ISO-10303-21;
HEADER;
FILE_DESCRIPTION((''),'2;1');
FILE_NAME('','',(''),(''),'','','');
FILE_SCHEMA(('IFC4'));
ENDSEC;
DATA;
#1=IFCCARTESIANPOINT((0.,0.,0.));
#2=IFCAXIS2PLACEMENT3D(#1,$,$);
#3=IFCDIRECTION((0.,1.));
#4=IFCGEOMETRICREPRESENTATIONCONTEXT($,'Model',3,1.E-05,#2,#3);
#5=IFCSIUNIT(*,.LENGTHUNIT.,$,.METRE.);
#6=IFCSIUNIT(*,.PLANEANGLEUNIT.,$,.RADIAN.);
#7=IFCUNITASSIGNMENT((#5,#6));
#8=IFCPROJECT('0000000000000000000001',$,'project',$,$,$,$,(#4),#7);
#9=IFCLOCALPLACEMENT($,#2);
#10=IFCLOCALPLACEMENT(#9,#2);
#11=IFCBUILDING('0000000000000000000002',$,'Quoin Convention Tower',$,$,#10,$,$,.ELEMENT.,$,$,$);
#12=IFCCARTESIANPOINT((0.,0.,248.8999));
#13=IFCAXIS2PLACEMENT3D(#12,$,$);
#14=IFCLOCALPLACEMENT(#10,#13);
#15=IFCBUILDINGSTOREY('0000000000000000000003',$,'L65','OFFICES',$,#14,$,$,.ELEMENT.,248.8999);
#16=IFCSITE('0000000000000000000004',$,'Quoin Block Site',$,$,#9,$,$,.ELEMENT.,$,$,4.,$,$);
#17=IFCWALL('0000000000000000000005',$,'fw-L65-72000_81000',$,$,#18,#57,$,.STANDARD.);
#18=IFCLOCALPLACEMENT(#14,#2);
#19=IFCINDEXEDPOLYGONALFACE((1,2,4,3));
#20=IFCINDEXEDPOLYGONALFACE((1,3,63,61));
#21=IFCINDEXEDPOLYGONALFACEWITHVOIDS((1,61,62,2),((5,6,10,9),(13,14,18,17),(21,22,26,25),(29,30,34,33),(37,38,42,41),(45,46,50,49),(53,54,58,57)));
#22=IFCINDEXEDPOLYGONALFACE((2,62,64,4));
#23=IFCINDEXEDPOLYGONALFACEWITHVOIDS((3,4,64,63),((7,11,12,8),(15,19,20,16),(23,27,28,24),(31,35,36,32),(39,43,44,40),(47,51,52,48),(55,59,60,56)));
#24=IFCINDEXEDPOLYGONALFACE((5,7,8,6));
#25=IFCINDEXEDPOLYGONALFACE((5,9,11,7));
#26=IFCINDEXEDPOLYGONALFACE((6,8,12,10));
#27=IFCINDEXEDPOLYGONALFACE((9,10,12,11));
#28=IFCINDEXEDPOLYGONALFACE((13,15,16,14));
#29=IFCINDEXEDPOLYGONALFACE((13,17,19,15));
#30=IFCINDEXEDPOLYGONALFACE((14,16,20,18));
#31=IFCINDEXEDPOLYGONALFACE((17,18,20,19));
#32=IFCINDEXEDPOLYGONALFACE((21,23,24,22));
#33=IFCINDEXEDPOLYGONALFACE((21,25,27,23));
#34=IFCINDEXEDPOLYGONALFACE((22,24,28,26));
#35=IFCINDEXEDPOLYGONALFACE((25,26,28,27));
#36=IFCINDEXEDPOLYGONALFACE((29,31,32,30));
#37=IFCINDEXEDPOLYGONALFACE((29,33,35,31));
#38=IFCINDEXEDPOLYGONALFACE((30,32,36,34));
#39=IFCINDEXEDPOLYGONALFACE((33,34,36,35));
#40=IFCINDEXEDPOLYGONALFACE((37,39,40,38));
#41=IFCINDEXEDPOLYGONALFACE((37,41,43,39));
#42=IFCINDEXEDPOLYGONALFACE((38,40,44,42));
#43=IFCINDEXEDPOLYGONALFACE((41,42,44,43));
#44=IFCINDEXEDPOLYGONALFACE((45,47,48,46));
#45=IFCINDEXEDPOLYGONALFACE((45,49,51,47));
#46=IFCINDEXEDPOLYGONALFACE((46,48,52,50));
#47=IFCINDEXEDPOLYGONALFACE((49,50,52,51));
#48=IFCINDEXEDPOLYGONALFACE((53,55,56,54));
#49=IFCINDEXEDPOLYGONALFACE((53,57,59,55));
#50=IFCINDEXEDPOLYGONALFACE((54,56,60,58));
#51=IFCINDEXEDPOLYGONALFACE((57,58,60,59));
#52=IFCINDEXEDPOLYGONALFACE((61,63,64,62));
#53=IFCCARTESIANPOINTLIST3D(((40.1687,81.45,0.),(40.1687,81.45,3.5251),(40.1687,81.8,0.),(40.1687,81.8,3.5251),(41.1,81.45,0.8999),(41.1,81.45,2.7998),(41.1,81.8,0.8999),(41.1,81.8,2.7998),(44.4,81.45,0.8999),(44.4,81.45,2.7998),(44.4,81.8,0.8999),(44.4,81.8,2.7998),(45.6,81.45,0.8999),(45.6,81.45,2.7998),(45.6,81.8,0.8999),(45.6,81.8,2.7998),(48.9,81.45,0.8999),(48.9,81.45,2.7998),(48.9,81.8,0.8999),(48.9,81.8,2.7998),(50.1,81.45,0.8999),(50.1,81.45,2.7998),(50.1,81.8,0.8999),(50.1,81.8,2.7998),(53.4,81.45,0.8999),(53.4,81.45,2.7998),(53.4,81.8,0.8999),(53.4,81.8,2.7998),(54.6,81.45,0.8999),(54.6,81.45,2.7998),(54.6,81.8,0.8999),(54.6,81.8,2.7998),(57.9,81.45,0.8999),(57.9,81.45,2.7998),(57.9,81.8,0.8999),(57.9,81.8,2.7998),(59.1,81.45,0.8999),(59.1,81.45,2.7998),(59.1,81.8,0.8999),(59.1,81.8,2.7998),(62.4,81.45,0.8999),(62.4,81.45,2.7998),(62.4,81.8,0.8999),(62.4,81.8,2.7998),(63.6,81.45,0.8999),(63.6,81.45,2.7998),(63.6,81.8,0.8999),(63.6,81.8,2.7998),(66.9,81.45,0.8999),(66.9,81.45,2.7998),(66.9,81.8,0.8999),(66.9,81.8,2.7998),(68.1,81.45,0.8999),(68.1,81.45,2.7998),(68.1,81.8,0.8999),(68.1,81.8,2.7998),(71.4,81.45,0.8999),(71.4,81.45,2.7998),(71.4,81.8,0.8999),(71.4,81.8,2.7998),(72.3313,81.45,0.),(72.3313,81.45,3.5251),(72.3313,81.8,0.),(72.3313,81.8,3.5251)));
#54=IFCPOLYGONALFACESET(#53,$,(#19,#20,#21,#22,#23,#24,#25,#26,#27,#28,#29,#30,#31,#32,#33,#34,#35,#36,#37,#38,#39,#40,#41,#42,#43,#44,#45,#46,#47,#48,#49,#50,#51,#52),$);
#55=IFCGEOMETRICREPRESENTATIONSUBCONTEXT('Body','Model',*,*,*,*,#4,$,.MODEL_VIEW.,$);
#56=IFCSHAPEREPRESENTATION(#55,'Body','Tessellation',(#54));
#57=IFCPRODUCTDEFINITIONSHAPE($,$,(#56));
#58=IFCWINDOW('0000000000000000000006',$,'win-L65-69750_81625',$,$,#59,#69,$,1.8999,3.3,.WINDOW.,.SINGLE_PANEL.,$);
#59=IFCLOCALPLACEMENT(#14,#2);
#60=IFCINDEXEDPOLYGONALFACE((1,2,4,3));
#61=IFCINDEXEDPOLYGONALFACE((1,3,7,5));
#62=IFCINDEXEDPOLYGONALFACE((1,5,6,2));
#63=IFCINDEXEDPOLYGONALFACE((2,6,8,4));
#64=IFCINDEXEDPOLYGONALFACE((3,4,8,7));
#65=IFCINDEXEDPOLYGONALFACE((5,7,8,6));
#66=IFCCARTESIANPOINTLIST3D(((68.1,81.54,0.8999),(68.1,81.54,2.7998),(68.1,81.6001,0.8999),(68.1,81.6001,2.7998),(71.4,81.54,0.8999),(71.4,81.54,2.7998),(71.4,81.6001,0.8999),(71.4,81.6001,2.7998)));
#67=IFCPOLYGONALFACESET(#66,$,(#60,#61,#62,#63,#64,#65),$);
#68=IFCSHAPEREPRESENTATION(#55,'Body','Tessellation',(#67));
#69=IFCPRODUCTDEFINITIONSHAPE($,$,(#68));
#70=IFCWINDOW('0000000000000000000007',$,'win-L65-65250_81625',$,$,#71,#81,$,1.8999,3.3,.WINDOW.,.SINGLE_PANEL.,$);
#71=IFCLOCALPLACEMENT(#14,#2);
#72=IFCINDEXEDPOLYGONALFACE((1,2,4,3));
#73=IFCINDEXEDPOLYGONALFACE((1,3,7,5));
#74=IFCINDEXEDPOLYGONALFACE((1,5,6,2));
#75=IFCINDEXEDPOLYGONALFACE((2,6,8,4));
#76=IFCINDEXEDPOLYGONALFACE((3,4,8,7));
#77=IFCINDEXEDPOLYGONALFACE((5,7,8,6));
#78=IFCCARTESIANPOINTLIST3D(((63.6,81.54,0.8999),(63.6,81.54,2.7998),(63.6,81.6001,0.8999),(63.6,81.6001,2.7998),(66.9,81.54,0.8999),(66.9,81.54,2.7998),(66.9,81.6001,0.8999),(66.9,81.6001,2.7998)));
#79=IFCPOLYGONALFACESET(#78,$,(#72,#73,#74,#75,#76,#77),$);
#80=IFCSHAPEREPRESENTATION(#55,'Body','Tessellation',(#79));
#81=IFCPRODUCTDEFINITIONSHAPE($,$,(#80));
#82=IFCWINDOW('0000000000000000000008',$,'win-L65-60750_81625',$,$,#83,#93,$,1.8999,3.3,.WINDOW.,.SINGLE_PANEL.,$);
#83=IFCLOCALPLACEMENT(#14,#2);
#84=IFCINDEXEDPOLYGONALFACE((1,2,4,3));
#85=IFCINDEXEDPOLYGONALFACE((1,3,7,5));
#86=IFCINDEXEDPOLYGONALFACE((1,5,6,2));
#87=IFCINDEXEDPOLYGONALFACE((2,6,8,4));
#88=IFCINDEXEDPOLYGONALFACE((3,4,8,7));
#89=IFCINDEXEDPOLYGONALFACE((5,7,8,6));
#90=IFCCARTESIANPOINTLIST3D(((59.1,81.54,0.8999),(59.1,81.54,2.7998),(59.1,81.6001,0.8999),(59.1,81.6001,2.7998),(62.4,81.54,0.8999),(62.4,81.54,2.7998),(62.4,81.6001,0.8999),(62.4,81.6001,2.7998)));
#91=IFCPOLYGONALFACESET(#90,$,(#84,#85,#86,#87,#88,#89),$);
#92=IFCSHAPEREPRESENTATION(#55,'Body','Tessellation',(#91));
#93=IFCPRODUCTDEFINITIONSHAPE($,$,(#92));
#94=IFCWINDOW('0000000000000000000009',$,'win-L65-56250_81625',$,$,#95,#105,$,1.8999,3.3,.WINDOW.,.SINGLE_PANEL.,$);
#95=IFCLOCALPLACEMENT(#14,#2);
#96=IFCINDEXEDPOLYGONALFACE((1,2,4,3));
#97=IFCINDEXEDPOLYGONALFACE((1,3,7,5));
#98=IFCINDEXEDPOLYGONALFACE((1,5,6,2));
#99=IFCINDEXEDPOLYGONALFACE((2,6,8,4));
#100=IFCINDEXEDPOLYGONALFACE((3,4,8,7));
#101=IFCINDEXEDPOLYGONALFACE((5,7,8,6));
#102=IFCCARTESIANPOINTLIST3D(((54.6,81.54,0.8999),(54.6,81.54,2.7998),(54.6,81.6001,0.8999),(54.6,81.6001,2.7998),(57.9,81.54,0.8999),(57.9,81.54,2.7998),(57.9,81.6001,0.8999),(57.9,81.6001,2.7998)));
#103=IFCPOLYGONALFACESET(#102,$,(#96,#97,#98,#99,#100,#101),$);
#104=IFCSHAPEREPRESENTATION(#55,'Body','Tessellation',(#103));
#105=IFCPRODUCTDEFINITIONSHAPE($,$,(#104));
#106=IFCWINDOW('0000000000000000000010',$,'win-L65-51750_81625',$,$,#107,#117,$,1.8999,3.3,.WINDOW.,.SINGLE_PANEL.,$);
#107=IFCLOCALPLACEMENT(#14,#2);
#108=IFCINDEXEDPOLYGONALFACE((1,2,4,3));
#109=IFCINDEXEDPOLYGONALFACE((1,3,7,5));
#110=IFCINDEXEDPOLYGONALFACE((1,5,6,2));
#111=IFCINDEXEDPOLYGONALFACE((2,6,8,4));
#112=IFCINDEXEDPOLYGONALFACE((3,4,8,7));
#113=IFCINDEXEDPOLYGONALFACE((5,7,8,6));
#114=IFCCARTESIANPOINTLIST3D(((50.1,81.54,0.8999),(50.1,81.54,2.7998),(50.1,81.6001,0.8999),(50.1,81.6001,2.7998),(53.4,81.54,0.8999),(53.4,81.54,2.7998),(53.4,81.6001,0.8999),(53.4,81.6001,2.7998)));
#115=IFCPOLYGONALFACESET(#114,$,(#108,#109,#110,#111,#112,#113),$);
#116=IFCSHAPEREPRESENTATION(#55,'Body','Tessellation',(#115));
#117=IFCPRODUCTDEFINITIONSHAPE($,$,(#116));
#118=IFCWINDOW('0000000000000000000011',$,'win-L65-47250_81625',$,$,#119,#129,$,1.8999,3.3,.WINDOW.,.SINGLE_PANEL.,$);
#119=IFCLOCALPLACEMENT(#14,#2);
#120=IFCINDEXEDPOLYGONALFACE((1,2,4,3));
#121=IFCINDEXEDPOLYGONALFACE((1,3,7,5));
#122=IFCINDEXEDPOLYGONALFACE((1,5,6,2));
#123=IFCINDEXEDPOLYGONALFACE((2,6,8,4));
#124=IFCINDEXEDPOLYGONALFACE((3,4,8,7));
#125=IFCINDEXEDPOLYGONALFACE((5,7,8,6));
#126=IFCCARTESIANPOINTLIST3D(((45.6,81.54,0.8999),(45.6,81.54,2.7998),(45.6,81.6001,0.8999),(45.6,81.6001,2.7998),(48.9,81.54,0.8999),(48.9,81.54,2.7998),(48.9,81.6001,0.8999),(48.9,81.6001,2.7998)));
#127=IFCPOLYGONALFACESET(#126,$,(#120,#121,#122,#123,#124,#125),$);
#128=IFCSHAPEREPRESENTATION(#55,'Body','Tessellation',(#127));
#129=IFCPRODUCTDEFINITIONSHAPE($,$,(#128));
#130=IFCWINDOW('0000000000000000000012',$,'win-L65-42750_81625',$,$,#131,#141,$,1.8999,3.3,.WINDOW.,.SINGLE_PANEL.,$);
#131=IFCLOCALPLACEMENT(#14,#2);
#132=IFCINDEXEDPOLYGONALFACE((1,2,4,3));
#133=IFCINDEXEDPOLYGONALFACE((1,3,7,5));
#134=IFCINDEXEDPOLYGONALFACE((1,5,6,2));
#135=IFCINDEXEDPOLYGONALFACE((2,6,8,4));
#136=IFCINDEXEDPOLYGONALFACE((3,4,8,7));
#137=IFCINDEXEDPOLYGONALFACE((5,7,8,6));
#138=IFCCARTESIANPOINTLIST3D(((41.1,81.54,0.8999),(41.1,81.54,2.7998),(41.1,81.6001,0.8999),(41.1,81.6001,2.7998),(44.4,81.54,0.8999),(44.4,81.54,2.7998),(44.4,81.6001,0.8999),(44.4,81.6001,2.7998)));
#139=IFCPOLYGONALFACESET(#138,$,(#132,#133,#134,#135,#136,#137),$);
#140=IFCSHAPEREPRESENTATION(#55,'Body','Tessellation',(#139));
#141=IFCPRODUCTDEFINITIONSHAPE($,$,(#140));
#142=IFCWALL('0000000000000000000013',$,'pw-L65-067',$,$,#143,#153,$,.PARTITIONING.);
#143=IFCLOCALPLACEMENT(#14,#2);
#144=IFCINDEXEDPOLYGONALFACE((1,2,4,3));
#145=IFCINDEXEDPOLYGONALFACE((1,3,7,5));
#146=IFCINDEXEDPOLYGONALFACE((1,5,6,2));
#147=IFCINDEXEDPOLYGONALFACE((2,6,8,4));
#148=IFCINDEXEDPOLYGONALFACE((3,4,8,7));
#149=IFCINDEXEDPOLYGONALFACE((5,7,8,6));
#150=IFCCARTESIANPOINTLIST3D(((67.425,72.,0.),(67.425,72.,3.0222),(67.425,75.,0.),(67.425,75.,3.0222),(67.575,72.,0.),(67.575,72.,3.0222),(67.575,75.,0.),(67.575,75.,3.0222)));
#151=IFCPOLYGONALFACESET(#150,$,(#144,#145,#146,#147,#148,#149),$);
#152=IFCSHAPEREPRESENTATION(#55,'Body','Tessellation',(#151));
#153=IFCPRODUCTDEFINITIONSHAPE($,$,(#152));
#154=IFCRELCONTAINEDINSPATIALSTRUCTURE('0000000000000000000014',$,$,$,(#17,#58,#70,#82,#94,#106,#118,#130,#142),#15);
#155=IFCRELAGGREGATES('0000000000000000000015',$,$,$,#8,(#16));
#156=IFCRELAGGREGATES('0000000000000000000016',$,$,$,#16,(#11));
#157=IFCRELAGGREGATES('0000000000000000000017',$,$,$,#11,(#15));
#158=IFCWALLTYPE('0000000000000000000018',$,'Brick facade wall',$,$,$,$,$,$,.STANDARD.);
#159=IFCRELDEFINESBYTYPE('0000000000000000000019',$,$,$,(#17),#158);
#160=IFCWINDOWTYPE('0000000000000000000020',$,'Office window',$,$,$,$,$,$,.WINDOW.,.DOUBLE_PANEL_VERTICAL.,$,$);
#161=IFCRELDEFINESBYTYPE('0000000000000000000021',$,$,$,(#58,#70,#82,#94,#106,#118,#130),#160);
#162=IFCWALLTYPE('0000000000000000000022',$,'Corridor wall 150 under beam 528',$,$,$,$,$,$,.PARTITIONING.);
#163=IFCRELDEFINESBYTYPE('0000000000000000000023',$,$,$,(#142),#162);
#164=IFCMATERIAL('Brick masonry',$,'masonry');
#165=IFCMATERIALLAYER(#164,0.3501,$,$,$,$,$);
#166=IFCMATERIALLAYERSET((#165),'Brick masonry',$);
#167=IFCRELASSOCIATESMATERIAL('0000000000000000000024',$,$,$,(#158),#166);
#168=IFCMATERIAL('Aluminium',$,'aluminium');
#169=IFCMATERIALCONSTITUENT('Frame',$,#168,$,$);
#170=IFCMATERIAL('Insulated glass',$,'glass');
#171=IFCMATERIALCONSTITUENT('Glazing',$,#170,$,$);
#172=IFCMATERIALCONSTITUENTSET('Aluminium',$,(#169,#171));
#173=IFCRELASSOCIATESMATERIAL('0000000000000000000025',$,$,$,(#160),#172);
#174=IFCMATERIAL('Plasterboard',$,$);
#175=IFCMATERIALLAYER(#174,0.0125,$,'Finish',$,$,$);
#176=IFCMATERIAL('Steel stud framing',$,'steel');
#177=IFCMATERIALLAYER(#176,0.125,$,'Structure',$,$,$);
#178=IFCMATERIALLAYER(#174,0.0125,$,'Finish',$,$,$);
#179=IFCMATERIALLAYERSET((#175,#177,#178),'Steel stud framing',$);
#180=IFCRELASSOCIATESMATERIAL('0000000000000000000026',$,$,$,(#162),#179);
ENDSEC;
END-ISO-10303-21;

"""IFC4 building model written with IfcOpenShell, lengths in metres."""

from ifc_helpers import new_model, si_unit, direction, frame, frame_2d, origin, place, context, subcontext, project, spatial, rectangle, extrude, material, layer, layer_set, constituent, constituent_set, type_object, element, fill, save


model = new_model("IFC4")

# Units and contexts
model_context = context("Model", 3, precision=1e-05, world=origin(), true_north=direction((0.0, 1.0)))
body_context = subcontext(model_context, "Body", "Model", "MODEL_VIEW")
ifc_project = project(units=[si_unit("LENGTHUNIT", "METRE"), si_unit("PLANEANGLEUNIT", "RADIAN")], contexts=[model_context])

# Site, building, storey
site_placement = place(None, origin())
site = spatial("IfcSite", under=ifc_project, at=site_placement, Name="Quoin Block Site", CompositionType="ELEMENT", RefElevation=4.0)
building_placement = place(site_placement, origin())
building = spatial("IfcBuilding", under=site, at=building_placement, Name="Quoin Convention Tower", CompositionType="ELEMENT")
storey_placement = place(building_placement, frame((0.0, 0.0, 248.8999)))
storey = spatial("IfcBuildingStorey", under=building, at=storey_placement, Name="L65", Description="OFFICES", CompositionType="ELEMENT", Elevation=248.8999)

# Shared definitions
ifc_material_1 = material(Name="Plasterboard")
ifc_material_2 = material(Name="Steel stud framing", Category="steel")

# Shared definitions
ifc_material_3 = material(Name="Brick masonry", Category="masonry")
ifc_layer_1 = layer(ifc_material_3, 0.3501)
ifc_layer_set_1 = layer_set([ifc_layer_1], Name="Brick masonry")
wall_type_1 = type_object("IfcWallType", Name="Brick facade wall", PredefinedType="STANDARD", material=ifc_layer_set_1)
ifc_material_4 = material(Name="Aluminium", Category="aluminium")
ifc_constituent_1 = constituent(ifc_material_4, Name="Frame")
ifc_material_5 = material(Name="Insulated glass", Category="glass")
ifc_constituent_2 = constituent(ifc_material_5, Name="Glazing")
ifc_constituent_set = constituent_set(constituents=[ifc_constituent_1, ifc_constituent_2], Name="Aluminium")
window_type = type_object("IfcWindowType", Name="Office window", PartitioningType="DOUBLE_PANEL_VERTICAL", PredefinedType="WINDOW", material=ifc_constituent_set)

# Wall, openings, windows
wall_1_placement = place(storey_placement, frame((72.3313, 81.625, 0.0), z_axis=(0.0, 0.0, 1.0), x_axis=(-1.0, 0.0, 0.0)))
wall_1 = element("IfcWall", 1, at=wall_1_placement, inside=storey, type_object=wall_type_1, Name="fw-L65-72000_81000", PredefinedType="STANDARD", context=body_context, shape_type="SweptSolid", body=[
    extrude(rectangle(XDim=32.1626, YDim=0.3501, at=frame_2d((16.0813, 0.0))), origin(), (0.0, 0.0, 1.0), 3.5251),
])
opening_1_placement = place(wall_1_placement, frame((0.9314, 0.0, 0.8999)))
opening_1 = element("IfcOpeningElement", 2, at=opening_1_placement, cuts=wall_1, PredefinedType="OPENING", context=body_context, shape_type="SweptSolid", body=[
    extrude(rectangle(XDim=3.3, YDim=1.8999, at=frame_2d((1.6499, 0.95))), frame((0.0, 0.1851, 0.0), z_axis=(0.0, -1.0, 0.0), x_axis=(1.0, 0.0, 0.0)), (0.0, 0.0, 1.0), 0.3701),
])
opening_2_placement = place(wall_1_placement, frame((5.4314, 0.0, 0.8999)))
opening_2 = element("IfcOpeningElement", 3, at=opening_2_placement, cuts=wall_1, PredefinedType="OPENING", context=body_context, shape_type="SweptSolid", body=[
    extrude(rectangle(XDim=3.3, YDim=1.8999, at=frame_2d((1.6499, 0.95))), frame((0.0, 0.1851, 0.0), z_axis=(0.0, -1.0, 0.0), x_axis=(1.0, 0.0, 0.0)), (0.0, 0.0, 1.0), 0.3701),
])
opening_3_placement = place(wall_1_placement, frame((9.9314, 0.0, 0.8999)))
opening_3 = element("IfcOpeningElement", 4, at=opening_3_placement, cuts=wall_1, PredefinedType="OPENING", context=body_context, shape_type="SweptSolid", body=[
    extrude(rectangle(XDim=3.3, YDim=1.8999, at=frame_2d((1.6499, 0.95))), frame((0.0, 0.1851, 0.0), z_axis=(0.0, -1.0, 0.0), x_axis=(1.0, 0.0, 0.0)), (0.0, 0.0, 1.0), 0.3701),
])
opening_4_placement = place(wall_1_placement, frame((14.4314, 0.0, 0.8999)))
opening_4 = element("IfcOpeningElement", 5, at=opening_4_placement, cuts=wall_1, PredefinedType="OPENING", context=body_context, shape_type="SweptSolid", body=[
    extrude(rectangle(XDim=3.3, YDim=1.8999, at=frame_2d((1.6499, 0.95))), frame((0.0, 0.1851, 0.0), z_axis=(0.0, -1.0, 0.0), x_axis=(1.0, 0.0, 0.0)), (0.0, 0.0, 1.0), 0.3701),
])
opening_5_placement = place(wall_1_placement, frame((18.9314, 0.0, 0.8999)))
opening_5 = element("IfcOpeningElement", 6, at=opening_5_placement, cuts=wall_1, PredefinedType="OPENING", context=body_context, shape_type="SweptSolid", body=[
    extrude(rectangle(XDim=3.3, YDim=1.8999, at=frame_2d((1.6499, 0.95))), frame((0.0, 0.1851, 0.0), z_axis=(0.0, -1.0, 0.0), x_axis=(1.0, 0.0, 0.0)), (0.0, 0.0, 1.0), 0.3701),
])
opening_6_placement = place(wall_1_placement, frame((23.4314, 0.0, 0.8999)))
opening_6 = element("IfcOpeningElement", 7, at=opening_6_placement, cuts=wall_1, PredefinedType="OPENING", context=body_context, shape_type="SweptSolid", body=[
    extrude(rectangle(XDim=3.3, YDim=1.8999, at=frame_2d((1.6499, 0.95))), frame((0.0, 0.1851, 0.0), z_axis=(0.0, -1.0, 0.0), x_axis=(1.0, 0.0, 0.0)), (0.0, 0.0, 1.0), 0.3701),
])
opening_7_placement = place(wall_1_placement, frame((27.9314, 0.0, 0.8999)))
opening_7 = element("IfcOpeningElement", 8, at=opening_7_placement, cuts=wall_1, PredefinedType="OPENING", context=body_context, shape_type="SweptSolid", body=[
    extrude(rectangle(XDim=3.3, YDim=1.8999, at=frame_2d((1.6499, 0.95))), frame((0.0, 0.1851, 0.0), z_axis=(0.0, -1.0, 0.0), x_axis=(1.0, 0.0, 0.0)), (0.0, 0.0, 1.0), 0.3701),
])
window_1_placement = place(opening_1_placement, origin())
window_1 = element("IfcWindow", 9, at=window_1_placement, inside=storey, type_object=window_type, Name="win-L65-69750_81625", OverallHeight=1.8999, OverallWidth=3.3, PartitioningType="SINGLE_PANEL", PredefinedType="WINDOW", context=body_context, shape_type="SweptSolid", body=[
    extrude(rectangle(XDim=3.3, YDim=1.8999, at=frame_2d((1.6499, 0.95))), frame((0.0, 0.085, 0.0), z_axis=(0.0, -1.0, 0.0), x_axis=(1.0, 0.0, 0.0)), (0.0, 0.0, 1.0), 0.0601),
])
fill(opening_1, window_1)
window_2_placement = place(opening_2_placement, origin())
window_2 = element("IfcWindow", 10, at=window_2_placement, inside=storey, type_object=window_type, Name="win-L65-65250_81625", OverallHeight=1.8999, OverallWidth=3.3, PartitioningType="SINGLE_PANEL", PredefinedType="WINDOW", context=body_context, shape_type="SweptSolid", body=[
    extrude(rectangle(XDim=3.3, YDim=1.8999, at=frame_2d((1.6499, 0.95))), frame((0.0, 0.085, 0.0), z_axis=(0.0, -1.0, 0.0), x_axis=(1.0, 0.0, 0.0)), (0.0, 0.0, 1.0), 0.0601),
])
fill(opening_2, window_2)
window_3_placement = place(opening_3_placement, origin())
window_3 = element("IfcWindow", 11, at=window_3_placement, inside=storey, type_object=window_type, Name="win-L65-60750_81625", OverallHeight=1.8999, OverallWidth=3.3, PartitioningType="SINGLE_PANEL", PredefinedType="WINDOW", context=body_context, shape_type="SweptSolid", body=[
    extrude(rectangle(XDim=3.3, YDim=1.8999, at=frame_2d((1.6499, 0.95))), frame((0.0, 0.085, 0.0), z_axis=(0.0, -1.0, 0.0), x_axis=(1.0, 0.0, 0.0)), (0.0, 0.0, 1.0), 0.0601),
])
fill(opening_3, window_3)
window_4_placement = place(opening_4_placement, origin())
window_4 = element("IfcWindow", 12, at=window_4_placement, inside=storey, type_object=window_type, Name="win-L65-56250_81625", OverallHeight=1.8999, OverallWidth=3.3, PartitioningType="SINGLE_PANEL", PredefinedType="WINDOW", context=body_context, shape_type="SweptSolid", body=[
    extrude(rectangle(XDim=3.3, YDim=1.8999, at=frame_2d((1.6499, 0.95))), frame((0.0, 0.085, 0.0), z_axis=(0.0, -1.0, 0.0), x_axis=(1.0, 0.0, 0.0)), (0.0, 0.0, 1.0), 0.0601),
])
fill(opening_4, window_4)
window_5_placement = place(opening_5_placement, origin())
window_5 = element("IfcWindow", 13, at=window_5_placement, inside=storey, type_object=window_type, Name="win-L65-51750_81625", OverallHeight=1.8999, OverallWidth=3.3, PartitioningType="SINGLE_PANEL", PredefinedType="WINDOW", context=body_context, shape_type="SweptSolid", body=[
    extrude(rectangle(XDim=3.3, YDim=1.8999, at=frame_2d((1.6499, 0.95))), frame((0.0, 0.085, 0.0), z_axis=(0.0, -1.0, 0.0), x_axis=(1.0, 0.0, 0.0)), (0.0, 0.0, 1.0), 0.0601),
])
fill(opening_5, window_5)
window_6_placement = place(opening_6_placement, origin())
window_6 = element("IfcWindow", 14, at=window_6_placement, inside=storey, type_object=window_type, Name="win-L65-47250_81625", OverallHeight=1.8999, OverallWidth=3.3, PartitioningType="SINGLE_PANEL", PredefinedType="WINDOW", context=body_context, shape_type="SweptSolid", body=[
    extrude(rectangle(XDim=3.3, YDim=1.8999, at=frame_2d((1.6499, 0.95))), frame((0.0, 0.085, 0.0), z_axis=(0.0, -1.0, 0.0), x_axis=(1.0, 0.0, 0.0)), (0.0, 0.0, 1.0), 0.0601),
])
fill(opening_6, window_6)
window_7_placement = place(opening_7_placement, origin())
window_7 = element("IfcWindow", 15, at=window_7_placement, inside=storey, type_object=window_type, Name="win-L65-42750_81625", OverallHeight=1.8999, OverallWidth=3.3, PartitioningType="SINGLE_PANEL", PredefinedType="WINDOW", context=body_context, shape_type="SweptSolid", body=[
    extrude(rectangle(XDim=3.3, YDim=1.8999, at=frame_2d((1.6499, 0.95))), frame((0.0, 0.085, 0.0), z_axis=(0.0, -1.0, 0.0), x_axis=(1.0, 0.0, 0.0)), (0.0, 0.0, 1.0), 0.0601),
])
fill(opening_7, window_7)

# Wall
ifc_layer_2 = layer(ifc_material_1, 0.0125, Name="Finish")
ifc_layer_3 = layer(ifc_material_2, 0.125, Name="Structure")
ifc_layer_4 = layer(ifc_material_1, 0.0125, Name="Finish")
ifc_layer_set_2 = layer_set([ifc_layer_2, ifc_layer_3, ifc_layer_4], Name="Steel stud framing")
wall_type_2 = type_object("IfcWallType", Name="Corridor wall 150 under beam 528", PredefinedType="PARTITIONING", material=ifc_layer_set_2)
wall_2_placement = place(storey_placement, frame((67.5, 72.0, 0.0), z_axis=(0.0, 0.0, 1.0), x_axis=(0.0, 1.0, 0.0)))
element("IfcWall", 16, at=wall_2_placement, inside=storey, type_object=wall_type_2, Name="pw-L65-067", PredefinedType="PARTITIONING", context=body_context, shape_type="SweptSolid", body=[
    extrude(rectangle(XDim=3.0, YDim=0.1499, at=frame_2d((1.5, 0.0))), origin(), (0.0, 0.0, 1.0), 3.0222),
])

save(model, "model.ifc")
